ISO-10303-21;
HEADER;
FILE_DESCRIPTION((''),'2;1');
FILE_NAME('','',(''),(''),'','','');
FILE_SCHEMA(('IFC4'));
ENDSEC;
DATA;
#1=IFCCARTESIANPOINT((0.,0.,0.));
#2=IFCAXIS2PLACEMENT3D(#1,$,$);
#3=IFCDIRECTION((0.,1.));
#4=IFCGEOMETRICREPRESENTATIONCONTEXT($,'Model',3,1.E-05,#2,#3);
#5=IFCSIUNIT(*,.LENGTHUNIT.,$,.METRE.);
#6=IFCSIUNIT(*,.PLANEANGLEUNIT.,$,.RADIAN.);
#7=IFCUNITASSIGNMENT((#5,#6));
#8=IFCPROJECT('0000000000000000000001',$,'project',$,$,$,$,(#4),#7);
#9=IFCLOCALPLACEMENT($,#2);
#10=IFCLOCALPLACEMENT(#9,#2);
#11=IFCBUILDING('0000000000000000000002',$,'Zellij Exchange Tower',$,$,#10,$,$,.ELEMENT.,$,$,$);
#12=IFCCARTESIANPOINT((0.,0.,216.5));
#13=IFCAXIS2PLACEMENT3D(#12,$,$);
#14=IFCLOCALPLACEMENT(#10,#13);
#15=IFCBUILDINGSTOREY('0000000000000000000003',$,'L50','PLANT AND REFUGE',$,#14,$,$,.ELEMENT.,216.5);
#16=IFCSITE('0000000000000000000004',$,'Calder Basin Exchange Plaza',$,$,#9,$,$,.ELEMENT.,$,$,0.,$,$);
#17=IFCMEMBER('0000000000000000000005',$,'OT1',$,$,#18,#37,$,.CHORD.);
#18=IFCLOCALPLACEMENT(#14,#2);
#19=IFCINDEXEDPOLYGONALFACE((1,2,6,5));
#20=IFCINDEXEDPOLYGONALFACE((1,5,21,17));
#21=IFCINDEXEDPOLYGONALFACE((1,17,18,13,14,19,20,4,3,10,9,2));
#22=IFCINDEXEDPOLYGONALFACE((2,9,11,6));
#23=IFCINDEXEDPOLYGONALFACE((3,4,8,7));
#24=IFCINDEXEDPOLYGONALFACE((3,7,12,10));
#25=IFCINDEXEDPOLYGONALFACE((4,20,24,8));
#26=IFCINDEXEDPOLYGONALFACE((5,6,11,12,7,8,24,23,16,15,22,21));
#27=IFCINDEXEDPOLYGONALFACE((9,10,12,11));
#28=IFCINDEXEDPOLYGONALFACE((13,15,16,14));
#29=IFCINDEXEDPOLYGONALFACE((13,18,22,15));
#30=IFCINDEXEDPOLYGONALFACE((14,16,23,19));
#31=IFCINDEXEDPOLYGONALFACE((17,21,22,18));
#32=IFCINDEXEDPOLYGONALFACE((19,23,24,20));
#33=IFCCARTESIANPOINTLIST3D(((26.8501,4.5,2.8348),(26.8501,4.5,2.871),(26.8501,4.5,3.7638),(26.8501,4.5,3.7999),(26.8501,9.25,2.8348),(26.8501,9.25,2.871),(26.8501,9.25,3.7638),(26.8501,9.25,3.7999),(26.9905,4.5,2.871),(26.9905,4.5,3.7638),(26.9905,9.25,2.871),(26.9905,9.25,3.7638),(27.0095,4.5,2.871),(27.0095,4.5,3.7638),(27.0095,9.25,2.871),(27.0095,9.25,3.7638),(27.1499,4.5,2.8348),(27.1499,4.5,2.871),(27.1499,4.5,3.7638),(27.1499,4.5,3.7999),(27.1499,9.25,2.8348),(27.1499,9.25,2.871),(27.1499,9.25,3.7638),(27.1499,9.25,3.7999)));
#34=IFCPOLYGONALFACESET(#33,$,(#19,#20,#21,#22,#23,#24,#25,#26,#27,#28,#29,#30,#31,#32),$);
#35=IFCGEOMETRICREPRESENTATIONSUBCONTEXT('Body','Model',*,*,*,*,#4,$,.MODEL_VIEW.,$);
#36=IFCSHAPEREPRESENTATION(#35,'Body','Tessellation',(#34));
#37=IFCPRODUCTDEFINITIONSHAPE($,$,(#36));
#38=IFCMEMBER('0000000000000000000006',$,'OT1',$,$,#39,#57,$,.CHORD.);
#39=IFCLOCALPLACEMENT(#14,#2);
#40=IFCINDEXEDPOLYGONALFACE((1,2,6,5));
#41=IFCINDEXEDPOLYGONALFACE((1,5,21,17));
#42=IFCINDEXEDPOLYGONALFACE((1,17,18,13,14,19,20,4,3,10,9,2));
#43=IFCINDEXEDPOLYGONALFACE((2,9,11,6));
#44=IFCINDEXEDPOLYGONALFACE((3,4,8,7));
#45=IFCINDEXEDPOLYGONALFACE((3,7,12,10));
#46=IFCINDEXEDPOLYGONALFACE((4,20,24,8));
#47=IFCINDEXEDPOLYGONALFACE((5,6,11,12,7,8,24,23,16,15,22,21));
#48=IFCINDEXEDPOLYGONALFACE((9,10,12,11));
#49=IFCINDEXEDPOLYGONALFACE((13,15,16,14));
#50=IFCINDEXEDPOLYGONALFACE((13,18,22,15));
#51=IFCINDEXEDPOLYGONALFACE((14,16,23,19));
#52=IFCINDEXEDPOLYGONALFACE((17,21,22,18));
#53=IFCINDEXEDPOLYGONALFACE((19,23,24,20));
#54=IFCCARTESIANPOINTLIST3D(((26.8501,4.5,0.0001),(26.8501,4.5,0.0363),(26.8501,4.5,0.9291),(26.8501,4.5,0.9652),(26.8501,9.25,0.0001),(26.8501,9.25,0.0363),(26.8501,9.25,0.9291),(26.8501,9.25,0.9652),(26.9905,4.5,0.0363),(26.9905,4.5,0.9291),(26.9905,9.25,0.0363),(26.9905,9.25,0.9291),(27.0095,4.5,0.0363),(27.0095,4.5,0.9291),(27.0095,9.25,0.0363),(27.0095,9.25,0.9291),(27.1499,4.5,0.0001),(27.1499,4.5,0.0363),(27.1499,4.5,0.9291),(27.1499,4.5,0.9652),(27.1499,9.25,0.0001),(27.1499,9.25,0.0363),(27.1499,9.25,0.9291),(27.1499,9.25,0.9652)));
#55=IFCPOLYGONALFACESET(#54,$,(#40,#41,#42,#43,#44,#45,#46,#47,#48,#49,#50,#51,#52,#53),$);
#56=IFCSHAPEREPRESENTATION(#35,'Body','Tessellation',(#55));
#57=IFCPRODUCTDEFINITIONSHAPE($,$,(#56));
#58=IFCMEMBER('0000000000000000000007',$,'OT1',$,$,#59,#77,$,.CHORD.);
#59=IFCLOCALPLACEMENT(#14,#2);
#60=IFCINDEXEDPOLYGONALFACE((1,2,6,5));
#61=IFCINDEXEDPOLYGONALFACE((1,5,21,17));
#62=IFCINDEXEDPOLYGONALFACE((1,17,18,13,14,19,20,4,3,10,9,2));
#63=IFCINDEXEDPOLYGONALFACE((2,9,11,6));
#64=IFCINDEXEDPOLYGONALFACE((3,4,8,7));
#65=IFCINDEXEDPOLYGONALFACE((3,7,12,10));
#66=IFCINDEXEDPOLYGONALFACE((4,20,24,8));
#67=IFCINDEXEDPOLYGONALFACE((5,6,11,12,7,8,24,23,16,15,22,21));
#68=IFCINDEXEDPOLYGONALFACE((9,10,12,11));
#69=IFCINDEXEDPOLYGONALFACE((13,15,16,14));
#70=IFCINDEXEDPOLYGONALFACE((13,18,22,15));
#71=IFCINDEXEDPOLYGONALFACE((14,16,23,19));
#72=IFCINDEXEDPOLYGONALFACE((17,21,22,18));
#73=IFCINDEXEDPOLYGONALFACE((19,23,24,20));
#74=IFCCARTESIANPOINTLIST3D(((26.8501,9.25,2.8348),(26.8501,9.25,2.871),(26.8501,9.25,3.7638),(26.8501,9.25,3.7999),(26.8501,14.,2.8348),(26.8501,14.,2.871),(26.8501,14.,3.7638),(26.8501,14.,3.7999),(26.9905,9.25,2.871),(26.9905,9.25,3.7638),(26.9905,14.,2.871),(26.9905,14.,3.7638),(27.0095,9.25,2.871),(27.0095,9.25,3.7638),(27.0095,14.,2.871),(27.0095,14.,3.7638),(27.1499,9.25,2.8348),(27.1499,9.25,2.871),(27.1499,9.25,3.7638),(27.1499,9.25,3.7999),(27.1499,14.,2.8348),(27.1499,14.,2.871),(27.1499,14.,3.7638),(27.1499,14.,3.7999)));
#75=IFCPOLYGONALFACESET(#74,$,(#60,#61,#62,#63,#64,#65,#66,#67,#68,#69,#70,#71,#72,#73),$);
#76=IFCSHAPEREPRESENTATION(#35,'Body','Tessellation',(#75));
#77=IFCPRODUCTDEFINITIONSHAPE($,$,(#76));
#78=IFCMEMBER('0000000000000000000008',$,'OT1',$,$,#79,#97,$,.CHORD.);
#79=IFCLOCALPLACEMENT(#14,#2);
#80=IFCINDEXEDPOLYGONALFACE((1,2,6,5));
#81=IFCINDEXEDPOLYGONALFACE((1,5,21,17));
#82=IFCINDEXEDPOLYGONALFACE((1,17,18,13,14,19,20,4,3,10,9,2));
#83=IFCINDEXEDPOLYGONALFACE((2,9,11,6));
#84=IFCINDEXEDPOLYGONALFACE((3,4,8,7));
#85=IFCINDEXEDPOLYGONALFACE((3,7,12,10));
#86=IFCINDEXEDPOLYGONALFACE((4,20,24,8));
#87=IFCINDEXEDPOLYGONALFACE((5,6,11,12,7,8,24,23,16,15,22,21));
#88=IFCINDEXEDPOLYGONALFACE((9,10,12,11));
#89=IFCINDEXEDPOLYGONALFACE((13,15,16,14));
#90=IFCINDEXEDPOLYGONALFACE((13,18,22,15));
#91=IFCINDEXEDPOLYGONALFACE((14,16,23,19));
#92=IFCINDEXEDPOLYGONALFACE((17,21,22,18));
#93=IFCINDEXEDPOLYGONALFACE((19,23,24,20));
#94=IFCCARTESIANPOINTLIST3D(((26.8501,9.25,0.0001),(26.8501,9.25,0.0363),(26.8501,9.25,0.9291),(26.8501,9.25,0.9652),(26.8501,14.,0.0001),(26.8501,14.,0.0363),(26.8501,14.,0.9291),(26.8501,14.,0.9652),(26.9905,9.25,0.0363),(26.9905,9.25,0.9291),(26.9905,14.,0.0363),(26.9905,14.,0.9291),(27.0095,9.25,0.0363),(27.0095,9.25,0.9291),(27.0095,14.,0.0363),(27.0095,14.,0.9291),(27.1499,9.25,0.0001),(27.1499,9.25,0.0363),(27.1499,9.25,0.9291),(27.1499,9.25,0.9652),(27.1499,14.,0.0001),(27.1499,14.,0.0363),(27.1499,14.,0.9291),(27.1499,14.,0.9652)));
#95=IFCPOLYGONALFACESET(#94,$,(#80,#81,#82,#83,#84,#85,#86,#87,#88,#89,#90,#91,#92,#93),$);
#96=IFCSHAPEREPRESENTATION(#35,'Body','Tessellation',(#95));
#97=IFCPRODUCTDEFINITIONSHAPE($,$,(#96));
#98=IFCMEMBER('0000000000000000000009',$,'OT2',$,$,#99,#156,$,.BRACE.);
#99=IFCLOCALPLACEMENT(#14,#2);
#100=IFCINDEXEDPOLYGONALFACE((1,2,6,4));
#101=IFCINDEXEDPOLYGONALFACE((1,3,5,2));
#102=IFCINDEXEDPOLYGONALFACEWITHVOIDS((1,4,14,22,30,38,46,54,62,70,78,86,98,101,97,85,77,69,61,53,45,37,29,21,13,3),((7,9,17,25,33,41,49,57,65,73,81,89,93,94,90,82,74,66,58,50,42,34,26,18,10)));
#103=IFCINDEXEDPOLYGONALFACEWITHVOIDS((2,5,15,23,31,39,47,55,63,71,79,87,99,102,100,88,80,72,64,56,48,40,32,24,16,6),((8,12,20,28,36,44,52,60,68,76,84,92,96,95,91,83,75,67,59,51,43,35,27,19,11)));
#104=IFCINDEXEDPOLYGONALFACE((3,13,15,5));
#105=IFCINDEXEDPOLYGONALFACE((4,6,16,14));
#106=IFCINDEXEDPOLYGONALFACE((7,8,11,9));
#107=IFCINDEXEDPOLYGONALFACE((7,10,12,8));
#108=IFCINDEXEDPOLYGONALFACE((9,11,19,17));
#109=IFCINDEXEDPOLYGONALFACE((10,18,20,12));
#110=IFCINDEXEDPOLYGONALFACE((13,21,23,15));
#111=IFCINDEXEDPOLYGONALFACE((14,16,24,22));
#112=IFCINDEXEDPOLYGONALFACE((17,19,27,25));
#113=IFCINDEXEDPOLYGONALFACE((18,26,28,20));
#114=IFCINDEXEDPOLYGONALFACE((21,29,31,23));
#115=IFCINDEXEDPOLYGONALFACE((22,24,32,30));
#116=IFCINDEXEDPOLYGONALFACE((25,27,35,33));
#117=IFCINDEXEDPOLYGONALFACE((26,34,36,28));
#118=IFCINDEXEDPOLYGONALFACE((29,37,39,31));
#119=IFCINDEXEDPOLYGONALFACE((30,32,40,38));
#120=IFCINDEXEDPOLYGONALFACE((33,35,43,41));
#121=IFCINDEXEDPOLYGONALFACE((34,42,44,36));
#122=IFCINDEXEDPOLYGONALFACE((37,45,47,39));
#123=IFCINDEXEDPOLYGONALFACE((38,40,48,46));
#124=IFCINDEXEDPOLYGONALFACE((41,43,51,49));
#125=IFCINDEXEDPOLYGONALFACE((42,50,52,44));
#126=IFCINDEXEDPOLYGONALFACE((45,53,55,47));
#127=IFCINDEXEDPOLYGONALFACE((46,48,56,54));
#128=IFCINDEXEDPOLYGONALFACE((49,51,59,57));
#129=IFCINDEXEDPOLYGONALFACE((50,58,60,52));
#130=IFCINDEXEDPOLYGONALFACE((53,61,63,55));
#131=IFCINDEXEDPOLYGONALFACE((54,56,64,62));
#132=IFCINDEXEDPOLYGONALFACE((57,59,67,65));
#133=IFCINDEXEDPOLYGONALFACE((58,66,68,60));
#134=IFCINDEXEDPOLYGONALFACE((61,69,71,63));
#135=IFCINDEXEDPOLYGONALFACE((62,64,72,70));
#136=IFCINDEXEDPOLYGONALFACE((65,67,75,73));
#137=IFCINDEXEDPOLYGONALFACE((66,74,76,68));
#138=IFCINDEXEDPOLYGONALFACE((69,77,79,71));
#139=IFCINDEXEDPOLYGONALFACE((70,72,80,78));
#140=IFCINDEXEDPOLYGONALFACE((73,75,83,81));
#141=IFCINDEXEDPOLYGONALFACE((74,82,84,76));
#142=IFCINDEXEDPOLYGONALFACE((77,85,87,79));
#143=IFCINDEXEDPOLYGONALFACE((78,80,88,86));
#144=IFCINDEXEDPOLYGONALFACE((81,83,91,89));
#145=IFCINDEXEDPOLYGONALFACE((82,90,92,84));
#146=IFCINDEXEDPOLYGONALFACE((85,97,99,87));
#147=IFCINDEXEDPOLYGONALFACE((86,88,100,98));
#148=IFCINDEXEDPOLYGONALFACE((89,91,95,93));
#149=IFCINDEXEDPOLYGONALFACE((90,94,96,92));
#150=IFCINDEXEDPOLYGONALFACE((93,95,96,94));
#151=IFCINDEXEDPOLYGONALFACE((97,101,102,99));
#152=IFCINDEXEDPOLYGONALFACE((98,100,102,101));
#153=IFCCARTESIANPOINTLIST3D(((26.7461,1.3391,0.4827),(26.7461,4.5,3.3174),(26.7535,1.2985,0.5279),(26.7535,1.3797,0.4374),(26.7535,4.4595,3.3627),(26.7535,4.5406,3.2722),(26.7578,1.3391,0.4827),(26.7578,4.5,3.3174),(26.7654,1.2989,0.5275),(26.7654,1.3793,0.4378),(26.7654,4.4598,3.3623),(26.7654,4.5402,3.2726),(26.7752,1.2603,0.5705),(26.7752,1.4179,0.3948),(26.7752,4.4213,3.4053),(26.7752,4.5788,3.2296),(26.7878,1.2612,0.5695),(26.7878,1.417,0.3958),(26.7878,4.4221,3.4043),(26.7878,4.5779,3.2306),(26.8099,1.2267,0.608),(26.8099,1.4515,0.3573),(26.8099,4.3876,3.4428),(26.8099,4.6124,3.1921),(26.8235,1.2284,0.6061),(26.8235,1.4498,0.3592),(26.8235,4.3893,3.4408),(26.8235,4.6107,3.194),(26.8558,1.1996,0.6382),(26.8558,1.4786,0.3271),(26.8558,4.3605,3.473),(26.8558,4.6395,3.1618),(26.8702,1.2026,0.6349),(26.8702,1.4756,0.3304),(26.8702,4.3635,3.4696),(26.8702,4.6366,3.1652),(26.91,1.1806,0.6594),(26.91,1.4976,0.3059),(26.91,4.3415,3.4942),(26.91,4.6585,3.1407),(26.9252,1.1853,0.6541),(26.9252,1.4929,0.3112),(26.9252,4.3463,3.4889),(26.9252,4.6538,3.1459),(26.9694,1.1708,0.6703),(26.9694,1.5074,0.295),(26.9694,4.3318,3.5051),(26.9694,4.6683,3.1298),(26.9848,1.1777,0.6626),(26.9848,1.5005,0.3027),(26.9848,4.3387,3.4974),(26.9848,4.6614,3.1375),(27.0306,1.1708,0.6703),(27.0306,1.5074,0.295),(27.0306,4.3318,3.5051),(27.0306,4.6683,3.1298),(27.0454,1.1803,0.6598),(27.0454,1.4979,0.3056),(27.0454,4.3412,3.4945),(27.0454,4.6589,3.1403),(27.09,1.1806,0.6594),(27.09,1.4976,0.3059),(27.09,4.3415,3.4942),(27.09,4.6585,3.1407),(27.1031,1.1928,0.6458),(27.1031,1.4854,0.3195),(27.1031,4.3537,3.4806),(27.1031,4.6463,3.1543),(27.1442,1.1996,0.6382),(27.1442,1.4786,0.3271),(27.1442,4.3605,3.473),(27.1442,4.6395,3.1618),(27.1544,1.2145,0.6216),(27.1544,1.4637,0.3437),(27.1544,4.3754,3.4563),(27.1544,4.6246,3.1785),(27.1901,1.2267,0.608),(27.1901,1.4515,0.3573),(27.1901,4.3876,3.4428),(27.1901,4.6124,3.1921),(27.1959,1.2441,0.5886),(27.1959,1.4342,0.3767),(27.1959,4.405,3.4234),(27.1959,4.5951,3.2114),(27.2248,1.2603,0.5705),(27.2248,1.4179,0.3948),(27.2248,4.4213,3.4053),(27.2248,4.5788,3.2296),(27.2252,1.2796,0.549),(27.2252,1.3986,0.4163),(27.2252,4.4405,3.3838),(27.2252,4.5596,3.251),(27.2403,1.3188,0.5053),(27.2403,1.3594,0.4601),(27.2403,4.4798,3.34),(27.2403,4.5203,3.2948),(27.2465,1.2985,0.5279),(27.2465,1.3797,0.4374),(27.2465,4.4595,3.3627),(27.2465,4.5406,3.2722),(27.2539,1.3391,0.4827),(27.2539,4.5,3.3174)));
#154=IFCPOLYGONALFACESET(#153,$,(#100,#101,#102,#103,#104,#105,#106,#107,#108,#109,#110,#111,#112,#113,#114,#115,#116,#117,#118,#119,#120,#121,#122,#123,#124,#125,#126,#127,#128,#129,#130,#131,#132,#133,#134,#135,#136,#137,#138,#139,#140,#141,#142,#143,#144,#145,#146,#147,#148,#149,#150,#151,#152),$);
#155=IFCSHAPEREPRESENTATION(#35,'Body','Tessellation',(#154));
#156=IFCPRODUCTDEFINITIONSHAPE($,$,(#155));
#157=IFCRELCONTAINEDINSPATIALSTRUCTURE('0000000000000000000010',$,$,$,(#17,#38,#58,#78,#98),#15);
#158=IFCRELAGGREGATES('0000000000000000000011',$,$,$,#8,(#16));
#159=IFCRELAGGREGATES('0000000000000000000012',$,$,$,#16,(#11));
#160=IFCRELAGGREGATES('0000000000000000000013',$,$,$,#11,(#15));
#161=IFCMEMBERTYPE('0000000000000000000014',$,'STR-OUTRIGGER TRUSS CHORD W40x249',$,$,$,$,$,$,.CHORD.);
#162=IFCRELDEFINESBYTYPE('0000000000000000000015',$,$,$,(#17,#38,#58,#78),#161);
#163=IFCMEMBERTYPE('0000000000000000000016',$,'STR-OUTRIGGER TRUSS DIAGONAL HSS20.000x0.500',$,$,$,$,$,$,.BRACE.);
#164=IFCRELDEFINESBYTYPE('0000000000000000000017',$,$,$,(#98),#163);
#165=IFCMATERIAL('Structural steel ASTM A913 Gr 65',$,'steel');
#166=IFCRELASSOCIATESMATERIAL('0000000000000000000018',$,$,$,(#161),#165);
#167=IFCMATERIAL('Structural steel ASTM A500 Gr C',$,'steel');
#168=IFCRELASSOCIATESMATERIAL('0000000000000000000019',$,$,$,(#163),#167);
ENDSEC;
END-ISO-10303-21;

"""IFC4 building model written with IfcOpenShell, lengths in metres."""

from ifc_helpers import new_model, si_unit, direction, frame, origin, origin_2d, place, context, subcontext, project, spatial, hollow_circle, i_section, extrude, material, material_profile, profile_set, type_object, element, save


model = new_model("IFC4")

# Units and contexts
model_context = context("Model", 3, precision=1e-05, world=origin(), true_north=direction((0.0, 1.0)))
body_context = subcontext(model_context, "Body", "Model", "MODEL_VIEW")
ifc_project = project(units=[si_unit("LENGTHUNIT", "METRE"), si_unit("PLANEANGLEUNIT", "RADIAN")], contexts=[model_context])

# Site, building, storey
site_placement = place(None, origin())
site = spatial("IfcSite", under=ifc_project, at=site_placement, Name="Calder Basin Exchange Plaza", CompositionType="ELEMENT", RefElevation=0.0)
building_placement = place(site_placement, origin())
building = spatial("IfcBuilding", under=site, at=building_placement, Name="Zellij Exchange Tower", CompositionType="ELEMENT")
storey_placement = place(building_placement, frame((0.0, 0.0, 216.5)))
storey = spatial("IfcBuildingStorey", under=building, at=storey_placement, Name="L50", Description="PLANT AND REFUGE", CompositionType="ELEMENT", Elevation=216.5)

# Shared definitions
ifc_material_1 = material(Name="Structural steel ASTM A913 Gr 65", Category="steel")

# Members
ifc_material_profile_1 = material_profile(ifc_material_1, i_section(OverallWidth=0.2998, OverallDepth=0.9651, WebThickness=0.019, FlangeThickness=0.0361, at=origin_2d()), Name="W40x249")
ifc_profile_set_1 = profile_set([ifc_material_profile_1], Name="Structural steel ASTM A913 Gr 65")
member_type_1 = type_object("IfcMemberType", Name="STR-OUTRIGGER TRUSS CHORD W40x249", PredefinedType="CHORD", material=ifc_profile_set_1)
for number, where, z_axis, x_axis, name in (
    (1, (27.0, 4.5, 3.3174), (0.0, 1.0, 0.0), (-1.0, 0.0, 0.0), "OT1"),
    (2, (27.0, 4.5, 0.4827), (0.0, 1.0, 0.0), (-1.0, 0.0, 0.0), "OT1"),
    (3, (27.0, 9.25, 3.3174), (0.0, 1.0, 0.0), (-1.0, 0.0, 0.0), "OT1"),
    (4, (27.0, 9.25, 0.4827), (0.0, 1.0, 0.0), (-1.0, 0.0, 0.0), "OT1"),
):
    element("IfcMember", number, at=place(storey_placement, frame(where, z_axis=z_axis, x_axis=x_axis)), inside=storey, type_object=member_type_1, Name=name, PredefinedType="CHORD", context=body_context, shape_type="SweptSolid", body=[
        extrude(i_section(OverallWidth=0.2998, OverallDepth=0.9651, WebThickness=0.019, FlangeThickness=0.0361, at=origin_2d()), origin(), (0.0, 0.0, 1.0), 4.75),
    ])
ifc_material_2 = material(Name="Structural steel ASTM A500 Gr C", Category="steel")
ifc_material_profile_2 = material_profile(ifc_material_2, hollow_circle(Radius=0.2539, WallThickness=0.0117, at=origin_2d()), Name="STR-OUTRIGGER TRUSS DIAGONAL HSS20.000x0.500")
ifc_profile_set_2 = profile_set([ifc_material_profile_2], Name="Structural steel ASTM A500 Gr C")
member_type_2 = type_object("IfcMemberType", Name="STR-OUTRIGGER TRUSS DIAGONAL HSS20.000x0.500", PredefinedType="BRACE", material=ifc_profile_set_2)
member_1_placement = place(storey_placement, frame((27.0, 1.3391, 0.4827), z_axis=(0.0, 0.744474, 0.667652), x_axis=(-1.0, 0.0, 0.0)))
element("IfcMember", 5, at=member_1_placement, inside=storey, type_object=member_type_2, Name="OT2", PredefinedType="BRACE", context=body_context, shape_type="SweptSolid", body=[
    extrude(hollow_circle(Radius=0.2539, WallThickness=0.0117, at=origin_2d()), origin(), (0.0, 0.0, 1.0), 4.2458),
])

save(model, "model.ifc")
